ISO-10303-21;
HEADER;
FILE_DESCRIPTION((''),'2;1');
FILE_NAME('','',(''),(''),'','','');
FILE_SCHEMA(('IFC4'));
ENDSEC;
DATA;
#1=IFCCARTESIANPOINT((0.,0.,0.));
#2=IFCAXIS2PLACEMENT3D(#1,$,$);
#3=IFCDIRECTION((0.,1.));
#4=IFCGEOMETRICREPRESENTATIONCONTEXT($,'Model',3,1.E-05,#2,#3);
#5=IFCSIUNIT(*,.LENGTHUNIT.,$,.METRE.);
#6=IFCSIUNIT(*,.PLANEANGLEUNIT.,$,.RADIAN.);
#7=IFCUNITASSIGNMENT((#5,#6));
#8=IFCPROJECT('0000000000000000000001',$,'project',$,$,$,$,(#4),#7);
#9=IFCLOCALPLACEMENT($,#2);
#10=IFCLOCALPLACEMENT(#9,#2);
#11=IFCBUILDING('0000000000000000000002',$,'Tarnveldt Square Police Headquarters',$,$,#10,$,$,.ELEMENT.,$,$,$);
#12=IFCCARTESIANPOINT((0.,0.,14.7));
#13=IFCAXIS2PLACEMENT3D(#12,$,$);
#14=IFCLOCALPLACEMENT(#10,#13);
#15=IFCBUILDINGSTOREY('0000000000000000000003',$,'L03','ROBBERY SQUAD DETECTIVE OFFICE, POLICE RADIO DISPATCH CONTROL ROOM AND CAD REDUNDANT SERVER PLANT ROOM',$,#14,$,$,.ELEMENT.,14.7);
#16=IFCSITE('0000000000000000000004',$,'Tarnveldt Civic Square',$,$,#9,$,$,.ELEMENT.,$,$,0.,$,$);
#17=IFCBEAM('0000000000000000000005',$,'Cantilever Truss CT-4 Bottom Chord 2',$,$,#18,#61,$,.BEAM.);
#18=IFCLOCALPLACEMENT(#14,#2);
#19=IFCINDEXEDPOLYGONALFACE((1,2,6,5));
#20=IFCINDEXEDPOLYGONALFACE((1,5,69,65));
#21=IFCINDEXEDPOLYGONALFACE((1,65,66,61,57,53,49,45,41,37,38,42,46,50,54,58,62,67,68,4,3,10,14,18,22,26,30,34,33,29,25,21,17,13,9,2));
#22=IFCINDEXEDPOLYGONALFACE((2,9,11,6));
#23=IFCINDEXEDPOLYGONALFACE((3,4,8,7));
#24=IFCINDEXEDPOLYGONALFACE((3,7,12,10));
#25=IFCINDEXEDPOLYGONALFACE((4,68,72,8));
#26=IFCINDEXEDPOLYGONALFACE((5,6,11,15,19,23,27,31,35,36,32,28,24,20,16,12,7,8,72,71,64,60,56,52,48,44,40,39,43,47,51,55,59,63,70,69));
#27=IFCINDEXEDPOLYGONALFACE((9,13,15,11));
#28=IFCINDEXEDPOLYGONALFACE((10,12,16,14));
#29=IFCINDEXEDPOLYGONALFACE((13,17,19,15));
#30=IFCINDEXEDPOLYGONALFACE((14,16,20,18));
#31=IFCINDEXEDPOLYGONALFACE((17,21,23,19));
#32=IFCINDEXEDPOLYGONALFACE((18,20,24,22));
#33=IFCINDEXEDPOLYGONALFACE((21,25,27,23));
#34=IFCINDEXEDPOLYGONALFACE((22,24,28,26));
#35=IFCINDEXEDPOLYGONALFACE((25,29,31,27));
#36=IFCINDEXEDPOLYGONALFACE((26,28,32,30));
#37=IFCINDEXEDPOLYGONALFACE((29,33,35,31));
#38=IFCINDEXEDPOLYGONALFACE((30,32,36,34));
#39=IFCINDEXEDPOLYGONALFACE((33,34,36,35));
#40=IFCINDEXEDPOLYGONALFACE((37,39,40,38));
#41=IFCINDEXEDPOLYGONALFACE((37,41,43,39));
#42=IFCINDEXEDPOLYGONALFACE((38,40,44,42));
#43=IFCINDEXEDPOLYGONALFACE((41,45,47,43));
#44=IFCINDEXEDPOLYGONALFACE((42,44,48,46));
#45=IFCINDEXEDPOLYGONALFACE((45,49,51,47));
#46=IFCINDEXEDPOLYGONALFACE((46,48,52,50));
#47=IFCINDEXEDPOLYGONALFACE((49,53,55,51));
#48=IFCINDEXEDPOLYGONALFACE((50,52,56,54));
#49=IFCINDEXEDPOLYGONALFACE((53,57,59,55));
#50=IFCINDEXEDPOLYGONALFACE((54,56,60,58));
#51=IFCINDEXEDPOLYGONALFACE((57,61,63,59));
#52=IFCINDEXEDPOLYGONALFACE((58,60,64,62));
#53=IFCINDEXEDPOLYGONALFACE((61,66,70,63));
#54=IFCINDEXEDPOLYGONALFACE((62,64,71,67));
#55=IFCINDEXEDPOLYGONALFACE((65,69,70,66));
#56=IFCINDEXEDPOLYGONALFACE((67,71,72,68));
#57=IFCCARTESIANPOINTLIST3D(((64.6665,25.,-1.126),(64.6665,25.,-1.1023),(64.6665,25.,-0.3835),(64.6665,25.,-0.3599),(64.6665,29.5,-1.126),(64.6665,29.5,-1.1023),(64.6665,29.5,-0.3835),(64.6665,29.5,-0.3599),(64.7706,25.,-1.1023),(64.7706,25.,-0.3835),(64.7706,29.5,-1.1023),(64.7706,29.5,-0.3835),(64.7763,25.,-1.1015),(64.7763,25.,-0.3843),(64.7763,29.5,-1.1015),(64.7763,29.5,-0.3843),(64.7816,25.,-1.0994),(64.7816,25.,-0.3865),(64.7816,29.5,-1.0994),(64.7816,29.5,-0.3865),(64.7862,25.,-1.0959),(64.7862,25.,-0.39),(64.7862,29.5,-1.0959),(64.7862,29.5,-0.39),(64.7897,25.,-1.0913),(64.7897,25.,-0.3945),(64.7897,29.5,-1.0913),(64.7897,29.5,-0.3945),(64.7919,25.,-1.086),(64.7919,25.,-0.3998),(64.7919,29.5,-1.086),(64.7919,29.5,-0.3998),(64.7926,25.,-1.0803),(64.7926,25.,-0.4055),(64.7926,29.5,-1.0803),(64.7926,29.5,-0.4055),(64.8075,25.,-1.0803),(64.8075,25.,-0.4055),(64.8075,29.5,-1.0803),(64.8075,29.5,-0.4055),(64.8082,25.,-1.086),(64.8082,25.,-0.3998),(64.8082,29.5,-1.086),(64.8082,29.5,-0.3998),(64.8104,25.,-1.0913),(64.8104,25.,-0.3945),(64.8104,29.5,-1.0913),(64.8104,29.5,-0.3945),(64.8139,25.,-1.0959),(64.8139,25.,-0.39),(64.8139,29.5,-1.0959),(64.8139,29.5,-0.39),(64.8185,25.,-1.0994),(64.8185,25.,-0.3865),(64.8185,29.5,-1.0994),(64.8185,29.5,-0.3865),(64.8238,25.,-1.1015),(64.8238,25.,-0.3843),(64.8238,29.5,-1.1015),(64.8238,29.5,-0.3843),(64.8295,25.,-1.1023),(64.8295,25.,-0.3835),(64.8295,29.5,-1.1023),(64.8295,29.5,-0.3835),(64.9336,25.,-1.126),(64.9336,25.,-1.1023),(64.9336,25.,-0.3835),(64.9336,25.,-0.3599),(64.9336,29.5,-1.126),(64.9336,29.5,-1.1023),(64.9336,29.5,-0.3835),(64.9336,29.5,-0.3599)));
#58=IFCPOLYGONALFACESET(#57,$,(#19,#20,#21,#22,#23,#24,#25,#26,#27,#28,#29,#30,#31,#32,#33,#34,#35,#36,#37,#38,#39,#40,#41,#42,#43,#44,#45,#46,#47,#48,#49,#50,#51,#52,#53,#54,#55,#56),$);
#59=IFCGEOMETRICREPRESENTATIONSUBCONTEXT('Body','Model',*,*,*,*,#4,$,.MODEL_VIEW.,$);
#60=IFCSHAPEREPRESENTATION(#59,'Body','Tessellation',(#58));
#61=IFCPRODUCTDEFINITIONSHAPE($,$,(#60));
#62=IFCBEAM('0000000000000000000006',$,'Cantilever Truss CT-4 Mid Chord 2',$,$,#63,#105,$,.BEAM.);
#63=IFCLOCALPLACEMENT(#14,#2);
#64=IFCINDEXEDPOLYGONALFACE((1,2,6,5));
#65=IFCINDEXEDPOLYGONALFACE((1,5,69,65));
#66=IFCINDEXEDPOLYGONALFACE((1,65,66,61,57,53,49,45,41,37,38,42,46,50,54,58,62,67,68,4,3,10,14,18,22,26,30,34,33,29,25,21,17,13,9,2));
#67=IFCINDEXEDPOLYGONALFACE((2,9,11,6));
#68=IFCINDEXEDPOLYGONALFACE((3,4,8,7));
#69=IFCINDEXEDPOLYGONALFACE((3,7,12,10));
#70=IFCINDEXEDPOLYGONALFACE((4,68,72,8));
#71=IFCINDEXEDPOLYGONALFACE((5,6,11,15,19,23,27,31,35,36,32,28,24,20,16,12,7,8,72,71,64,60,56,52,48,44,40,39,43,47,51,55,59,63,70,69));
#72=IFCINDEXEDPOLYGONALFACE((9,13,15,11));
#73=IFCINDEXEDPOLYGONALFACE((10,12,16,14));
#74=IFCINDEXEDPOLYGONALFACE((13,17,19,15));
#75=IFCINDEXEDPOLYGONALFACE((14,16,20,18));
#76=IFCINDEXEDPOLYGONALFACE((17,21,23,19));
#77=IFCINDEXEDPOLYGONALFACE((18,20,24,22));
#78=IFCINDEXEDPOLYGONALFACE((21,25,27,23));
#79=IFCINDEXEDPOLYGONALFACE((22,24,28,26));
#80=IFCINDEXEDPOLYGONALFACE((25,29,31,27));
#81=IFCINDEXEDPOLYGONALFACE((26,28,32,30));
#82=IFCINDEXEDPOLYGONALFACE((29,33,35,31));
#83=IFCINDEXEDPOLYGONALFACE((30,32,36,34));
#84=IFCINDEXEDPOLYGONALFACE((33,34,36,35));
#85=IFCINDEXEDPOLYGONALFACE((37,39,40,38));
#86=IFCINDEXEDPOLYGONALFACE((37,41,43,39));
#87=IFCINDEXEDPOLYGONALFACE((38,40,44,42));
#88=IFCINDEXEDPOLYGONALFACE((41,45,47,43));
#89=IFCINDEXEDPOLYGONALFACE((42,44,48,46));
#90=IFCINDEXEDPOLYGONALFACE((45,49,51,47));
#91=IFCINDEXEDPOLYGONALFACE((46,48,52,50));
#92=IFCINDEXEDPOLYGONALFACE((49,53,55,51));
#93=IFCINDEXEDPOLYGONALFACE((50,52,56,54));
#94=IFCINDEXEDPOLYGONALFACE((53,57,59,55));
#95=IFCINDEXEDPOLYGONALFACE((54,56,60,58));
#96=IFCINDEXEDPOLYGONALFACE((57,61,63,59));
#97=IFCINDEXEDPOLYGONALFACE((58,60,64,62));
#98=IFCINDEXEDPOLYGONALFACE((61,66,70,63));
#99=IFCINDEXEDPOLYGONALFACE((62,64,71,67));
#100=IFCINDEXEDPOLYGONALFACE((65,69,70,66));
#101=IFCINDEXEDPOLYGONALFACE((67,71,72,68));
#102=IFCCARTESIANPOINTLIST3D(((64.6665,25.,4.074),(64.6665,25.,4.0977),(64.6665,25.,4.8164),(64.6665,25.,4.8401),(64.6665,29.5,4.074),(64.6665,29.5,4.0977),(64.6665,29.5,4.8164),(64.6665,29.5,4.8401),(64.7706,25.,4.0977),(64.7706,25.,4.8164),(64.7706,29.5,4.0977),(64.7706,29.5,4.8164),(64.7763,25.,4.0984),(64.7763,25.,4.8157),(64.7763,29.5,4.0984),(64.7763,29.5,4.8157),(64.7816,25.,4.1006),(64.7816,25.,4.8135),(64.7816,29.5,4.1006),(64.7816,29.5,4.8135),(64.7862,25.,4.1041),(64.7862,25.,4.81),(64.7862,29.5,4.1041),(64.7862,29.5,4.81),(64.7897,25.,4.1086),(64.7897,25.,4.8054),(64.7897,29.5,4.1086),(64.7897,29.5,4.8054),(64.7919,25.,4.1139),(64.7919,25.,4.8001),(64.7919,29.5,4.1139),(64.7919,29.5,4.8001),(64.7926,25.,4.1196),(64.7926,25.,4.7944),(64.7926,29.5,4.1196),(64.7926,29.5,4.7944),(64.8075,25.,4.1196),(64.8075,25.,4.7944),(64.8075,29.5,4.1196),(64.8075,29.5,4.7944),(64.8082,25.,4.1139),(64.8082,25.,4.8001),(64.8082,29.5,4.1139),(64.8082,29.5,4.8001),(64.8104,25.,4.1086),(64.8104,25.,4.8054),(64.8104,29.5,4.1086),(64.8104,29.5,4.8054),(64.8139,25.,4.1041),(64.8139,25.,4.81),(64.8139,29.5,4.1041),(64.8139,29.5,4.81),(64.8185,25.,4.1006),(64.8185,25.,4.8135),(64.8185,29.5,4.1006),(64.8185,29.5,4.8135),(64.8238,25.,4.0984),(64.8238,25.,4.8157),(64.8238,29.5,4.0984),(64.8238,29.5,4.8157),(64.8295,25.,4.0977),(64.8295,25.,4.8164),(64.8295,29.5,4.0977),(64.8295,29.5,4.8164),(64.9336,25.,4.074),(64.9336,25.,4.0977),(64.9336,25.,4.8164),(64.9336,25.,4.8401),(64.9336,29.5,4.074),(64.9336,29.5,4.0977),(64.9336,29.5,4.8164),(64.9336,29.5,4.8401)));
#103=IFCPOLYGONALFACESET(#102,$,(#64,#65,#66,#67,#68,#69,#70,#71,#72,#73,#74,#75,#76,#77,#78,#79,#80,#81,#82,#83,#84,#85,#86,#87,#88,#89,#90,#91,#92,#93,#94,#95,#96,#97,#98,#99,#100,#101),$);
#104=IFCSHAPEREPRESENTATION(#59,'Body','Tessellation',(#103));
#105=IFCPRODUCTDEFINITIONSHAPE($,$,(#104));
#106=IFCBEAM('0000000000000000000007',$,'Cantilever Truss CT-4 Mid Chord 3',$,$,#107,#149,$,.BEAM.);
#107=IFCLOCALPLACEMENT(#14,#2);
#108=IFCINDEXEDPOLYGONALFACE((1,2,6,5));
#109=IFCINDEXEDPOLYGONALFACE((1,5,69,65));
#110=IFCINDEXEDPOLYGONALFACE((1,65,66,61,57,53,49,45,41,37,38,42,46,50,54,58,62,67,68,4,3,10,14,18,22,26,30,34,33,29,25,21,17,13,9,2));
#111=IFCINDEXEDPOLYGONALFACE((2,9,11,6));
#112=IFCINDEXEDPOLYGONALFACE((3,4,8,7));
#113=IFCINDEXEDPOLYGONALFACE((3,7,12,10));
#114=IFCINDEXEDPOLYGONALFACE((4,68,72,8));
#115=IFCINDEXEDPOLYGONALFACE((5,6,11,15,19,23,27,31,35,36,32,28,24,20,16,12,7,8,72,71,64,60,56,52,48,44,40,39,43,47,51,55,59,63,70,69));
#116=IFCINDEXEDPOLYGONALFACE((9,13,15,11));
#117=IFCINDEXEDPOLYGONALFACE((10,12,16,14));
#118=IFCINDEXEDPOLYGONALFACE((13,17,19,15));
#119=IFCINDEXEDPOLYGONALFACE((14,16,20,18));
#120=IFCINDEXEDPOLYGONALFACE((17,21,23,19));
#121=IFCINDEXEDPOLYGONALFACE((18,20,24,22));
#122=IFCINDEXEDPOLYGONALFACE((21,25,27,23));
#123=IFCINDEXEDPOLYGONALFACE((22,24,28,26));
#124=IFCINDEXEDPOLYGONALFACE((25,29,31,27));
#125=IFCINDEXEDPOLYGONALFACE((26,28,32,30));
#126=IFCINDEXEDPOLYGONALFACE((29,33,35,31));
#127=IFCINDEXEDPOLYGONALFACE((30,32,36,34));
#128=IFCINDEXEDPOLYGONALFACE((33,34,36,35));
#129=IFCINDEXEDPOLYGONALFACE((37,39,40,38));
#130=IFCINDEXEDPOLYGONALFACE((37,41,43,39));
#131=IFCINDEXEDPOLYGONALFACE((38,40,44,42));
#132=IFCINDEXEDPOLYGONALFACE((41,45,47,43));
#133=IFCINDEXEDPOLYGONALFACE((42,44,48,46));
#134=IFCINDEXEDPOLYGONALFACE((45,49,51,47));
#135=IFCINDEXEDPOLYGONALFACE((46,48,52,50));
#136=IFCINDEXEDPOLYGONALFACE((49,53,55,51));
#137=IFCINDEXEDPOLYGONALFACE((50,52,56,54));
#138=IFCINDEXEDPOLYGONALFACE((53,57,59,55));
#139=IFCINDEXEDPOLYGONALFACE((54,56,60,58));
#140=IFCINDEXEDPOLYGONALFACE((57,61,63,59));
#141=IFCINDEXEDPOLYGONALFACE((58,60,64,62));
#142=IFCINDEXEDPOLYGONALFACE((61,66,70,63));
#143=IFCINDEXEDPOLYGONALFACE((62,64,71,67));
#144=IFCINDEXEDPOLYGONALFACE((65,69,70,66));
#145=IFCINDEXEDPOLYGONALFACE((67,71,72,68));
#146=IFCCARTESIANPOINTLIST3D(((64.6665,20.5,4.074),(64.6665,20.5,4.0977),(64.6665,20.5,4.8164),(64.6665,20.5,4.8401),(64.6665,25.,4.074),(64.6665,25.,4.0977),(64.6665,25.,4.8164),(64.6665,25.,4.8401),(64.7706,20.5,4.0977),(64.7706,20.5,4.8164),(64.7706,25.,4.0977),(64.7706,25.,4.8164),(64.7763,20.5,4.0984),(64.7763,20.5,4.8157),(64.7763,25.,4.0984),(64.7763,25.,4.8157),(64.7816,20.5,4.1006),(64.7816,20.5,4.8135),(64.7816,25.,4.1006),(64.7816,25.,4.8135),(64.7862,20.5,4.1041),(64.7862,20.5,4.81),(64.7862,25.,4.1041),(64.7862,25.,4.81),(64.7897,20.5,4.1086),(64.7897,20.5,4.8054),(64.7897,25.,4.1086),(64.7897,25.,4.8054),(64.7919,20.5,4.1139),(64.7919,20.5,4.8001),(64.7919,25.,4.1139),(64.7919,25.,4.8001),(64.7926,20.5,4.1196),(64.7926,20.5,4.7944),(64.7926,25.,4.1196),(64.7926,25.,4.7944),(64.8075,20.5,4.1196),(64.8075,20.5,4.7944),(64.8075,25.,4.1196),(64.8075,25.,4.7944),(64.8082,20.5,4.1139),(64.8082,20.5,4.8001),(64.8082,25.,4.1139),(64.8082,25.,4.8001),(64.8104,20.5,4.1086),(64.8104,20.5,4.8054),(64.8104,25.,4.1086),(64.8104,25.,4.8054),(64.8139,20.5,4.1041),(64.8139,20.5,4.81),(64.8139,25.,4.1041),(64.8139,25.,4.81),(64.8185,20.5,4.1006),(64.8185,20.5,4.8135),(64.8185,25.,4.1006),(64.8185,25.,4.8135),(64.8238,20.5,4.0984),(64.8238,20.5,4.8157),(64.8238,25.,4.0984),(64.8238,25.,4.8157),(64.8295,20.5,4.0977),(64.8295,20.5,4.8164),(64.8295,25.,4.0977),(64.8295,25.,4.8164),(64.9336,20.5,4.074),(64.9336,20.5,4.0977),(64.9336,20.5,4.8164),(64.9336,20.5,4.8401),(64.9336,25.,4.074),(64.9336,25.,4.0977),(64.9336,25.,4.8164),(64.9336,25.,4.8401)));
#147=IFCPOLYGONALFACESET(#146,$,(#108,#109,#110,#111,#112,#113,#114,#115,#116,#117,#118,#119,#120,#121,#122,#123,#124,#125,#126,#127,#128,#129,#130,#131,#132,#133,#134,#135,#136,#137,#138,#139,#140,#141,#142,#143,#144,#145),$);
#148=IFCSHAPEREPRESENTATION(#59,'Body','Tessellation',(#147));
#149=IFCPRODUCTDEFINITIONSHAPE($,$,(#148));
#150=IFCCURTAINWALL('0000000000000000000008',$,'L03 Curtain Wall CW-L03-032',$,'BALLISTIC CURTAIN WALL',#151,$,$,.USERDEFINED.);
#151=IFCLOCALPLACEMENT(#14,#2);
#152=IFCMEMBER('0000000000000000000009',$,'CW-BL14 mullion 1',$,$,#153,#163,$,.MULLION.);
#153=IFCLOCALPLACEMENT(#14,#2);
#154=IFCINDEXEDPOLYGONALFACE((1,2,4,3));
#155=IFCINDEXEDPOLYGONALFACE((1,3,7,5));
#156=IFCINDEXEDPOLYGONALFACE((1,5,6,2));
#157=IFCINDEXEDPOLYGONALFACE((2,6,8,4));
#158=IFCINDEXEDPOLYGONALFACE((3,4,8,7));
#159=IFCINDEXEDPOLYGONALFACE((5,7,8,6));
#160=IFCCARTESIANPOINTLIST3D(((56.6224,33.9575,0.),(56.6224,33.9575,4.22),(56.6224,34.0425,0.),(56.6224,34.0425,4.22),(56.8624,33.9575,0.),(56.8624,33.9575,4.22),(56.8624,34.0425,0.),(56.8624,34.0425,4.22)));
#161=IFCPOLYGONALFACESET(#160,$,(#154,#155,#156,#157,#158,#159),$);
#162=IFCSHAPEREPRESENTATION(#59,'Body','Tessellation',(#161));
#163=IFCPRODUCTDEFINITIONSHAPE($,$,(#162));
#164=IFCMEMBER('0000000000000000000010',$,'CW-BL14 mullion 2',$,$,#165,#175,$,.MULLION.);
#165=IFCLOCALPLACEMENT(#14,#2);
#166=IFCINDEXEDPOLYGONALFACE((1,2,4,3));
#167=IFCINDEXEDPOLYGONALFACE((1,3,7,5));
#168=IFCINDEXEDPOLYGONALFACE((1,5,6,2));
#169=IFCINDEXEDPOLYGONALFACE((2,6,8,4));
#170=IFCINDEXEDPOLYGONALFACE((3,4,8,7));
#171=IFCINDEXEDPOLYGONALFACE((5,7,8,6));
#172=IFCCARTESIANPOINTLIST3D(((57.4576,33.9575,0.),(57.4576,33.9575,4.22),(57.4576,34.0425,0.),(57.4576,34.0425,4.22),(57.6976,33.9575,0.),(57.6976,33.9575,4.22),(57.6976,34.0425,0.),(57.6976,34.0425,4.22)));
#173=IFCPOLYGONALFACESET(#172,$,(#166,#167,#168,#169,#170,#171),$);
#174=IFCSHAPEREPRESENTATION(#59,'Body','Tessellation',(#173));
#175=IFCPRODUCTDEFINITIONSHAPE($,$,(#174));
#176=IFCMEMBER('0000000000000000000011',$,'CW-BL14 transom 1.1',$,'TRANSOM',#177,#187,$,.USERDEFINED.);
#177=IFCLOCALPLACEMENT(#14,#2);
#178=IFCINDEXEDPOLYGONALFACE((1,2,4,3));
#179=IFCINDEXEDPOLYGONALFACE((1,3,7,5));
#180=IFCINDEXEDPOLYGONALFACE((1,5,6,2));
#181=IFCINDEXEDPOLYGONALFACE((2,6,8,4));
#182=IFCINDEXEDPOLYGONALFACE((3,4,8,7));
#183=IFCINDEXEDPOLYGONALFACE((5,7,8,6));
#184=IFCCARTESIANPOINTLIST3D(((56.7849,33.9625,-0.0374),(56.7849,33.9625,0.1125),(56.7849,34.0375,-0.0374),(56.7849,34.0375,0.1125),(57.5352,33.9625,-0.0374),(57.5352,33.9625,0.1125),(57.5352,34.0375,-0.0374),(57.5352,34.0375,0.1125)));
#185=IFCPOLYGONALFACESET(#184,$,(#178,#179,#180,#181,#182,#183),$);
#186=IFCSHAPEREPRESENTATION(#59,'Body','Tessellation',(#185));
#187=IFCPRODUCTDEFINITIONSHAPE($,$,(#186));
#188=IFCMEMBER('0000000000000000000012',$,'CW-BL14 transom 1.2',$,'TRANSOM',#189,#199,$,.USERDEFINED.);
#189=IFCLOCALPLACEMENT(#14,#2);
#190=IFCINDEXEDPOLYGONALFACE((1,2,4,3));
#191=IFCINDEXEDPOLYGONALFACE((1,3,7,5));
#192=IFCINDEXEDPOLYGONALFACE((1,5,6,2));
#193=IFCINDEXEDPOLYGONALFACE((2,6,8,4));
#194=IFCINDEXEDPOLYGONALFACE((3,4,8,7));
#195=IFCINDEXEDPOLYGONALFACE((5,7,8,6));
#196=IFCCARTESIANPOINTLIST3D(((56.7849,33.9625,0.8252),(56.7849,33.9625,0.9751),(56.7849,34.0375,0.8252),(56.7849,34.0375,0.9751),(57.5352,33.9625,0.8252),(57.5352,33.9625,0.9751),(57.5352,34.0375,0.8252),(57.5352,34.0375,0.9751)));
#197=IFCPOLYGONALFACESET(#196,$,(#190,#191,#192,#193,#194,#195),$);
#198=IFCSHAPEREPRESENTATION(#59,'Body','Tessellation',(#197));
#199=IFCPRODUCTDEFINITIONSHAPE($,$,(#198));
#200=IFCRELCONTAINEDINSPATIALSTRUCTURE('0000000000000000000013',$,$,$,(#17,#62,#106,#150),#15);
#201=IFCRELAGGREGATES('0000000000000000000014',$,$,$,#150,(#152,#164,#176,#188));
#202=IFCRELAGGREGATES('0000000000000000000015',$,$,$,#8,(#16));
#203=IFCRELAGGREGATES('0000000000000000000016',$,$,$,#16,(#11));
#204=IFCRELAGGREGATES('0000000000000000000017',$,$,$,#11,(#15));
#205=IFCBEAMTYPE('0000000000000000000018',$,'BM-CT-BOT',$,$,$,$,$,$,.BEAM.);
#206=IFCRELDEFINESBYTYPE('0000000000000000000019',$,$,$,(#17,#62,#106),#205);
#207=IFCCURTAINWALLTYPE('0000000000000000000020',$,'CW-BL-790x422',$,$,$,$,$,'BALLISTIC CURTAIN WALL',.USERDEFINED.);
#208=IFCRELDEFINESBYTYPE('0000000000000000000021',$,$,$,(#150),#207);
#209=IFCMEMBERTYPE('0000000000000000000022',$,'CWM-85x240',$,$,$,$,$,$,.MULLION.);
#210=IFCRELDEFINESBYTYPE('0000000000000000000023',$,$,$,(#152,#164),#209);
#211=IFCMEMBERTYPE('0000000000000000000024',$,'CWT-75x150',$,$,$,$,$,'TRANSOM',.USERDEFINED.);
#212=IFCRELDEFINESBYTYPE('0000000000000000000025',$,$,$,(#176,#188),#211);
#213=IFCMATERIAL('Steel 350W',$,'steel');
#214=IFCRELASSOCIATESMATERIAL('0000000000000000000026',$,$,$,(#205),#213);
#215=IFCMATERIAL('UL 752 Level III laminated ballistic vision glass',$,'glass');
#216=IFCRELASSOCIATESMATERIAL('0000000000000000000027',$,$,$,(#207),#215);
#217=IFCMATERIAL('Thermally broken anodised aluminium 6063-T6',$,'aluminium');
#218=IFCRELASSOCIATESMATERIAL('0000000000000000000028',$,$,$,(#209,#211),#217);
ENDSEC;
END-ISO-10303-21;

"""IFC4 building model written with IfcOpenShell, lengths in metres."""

from ifc_helpers import new_model, si_unit, direction, frame, origin, origin_2d, place, context, subcontext, project, spatial, rectangle, i_section, extrude, material, material_profile, profile_set, type_object, element, aggregate, save


model = new_model("IFC4")

# Units and contexts
model_context = context("Model", 3, precision=1e-05, world=origin(), true_north=direction((0.0, 1.0)))
body_context = subcontext(model_context, "Body", "Model", "MODEL_VIEW")
ifc_project = project(units=[si_unit("LENGTHUNIT", "METRE"), si_unit("PLANEANGLEUNIT", "RADIAN")], contexts=[model_context])

# Site, building, storey
site_placement = place(None, origin())
site = spatial("IfcSite", under=ifc_project, at=site_placement, Name="Tarnveldt Civic Square", CompositionType="ELEMENT", RefElevation=0.0)
building_placement = place(site_placement, origin())
building = spatial("IfcBuilding", under=site, at=building_placement, Name="Tarnveldt Square Police Headquarters", CompositionType="ELEMENT")
storey_placement = place(building_placement, frame((0.0, 0.0, 14.7)))
storey = spatial("IfcBuildingStorey", under=building, at=storey_placement, Name="L03", Description="ROBBERY SQUAD DETECTIVE OFFICE, POLICE RADIO DISPATCH CONTROL ROOM AND CAD REDUNDANT SERVER PLANT ROOM", CompositionType="ELEMENT", Elevation=14.7)

# Beams
ifc_material_1 = material(Name="Steel 350W", Category="steel")
ifc_material_profile_1 = material_profile(ifc_material_1, i_section(OverallWidth=0.2671, OverallDepth=0.7661, WebThickness=0.0149, FlangeThickness=0.0237, FilletRadius=0.022, at=origin_2d()), Name="W760x185")
ifc_profile_set_1 = profile_set([ifc_material_profile_1], Name="Steel 350W")
beam_type = type_object("IfcBeamType", Name="BM-CT-BOT", PredefinedType="BEAM", material=ifc_profile_set_1)
for number, where, z_axis, x_axis, name in (
    (1, (64.8, 29.5, -0.7429), (0.0, -1.0, 0.0), (1.0, 0.0, 0.0), "Cantilever Truss CT-4 Bottom Chord 2"),
    (2, (64.8, 29.5, 4.457), (0.0, -1.0, 0.0), (1.0, 0.0, 0.0), "Cantilever Truss CT-4 Mid Chord 2"),
    (3, (64.8, 25.0, 4.457), (0.0, -1.0, 0.0), (1.0, 0.0, 0.0), "Cantilever Truss CT-4 Mid Chord 3"),
):
    element("IfcBeam", number, at=place(storey_placement, frame(where, z_axis=z_axis, x_axis=x_axis)), inside=storey, type_object=beam_type, Name=name, PredefinedType="BEAM", context=body_context, shape_type="SweptSolid", body=[
        extrude(i_section(OverallWidth=0.2671, OverallDepth=0.7661, WebThickness=0.0149, FlangeThickness=0.0237, FilletRadius=0.022, at=origin_2d()), origin(), (0.0, 0.0, 1.0), 4.5),
    ])

# Curtain wall, members
ifc_material_2 = material(Name="UL 752 Level III laminated ballistic vision glass", Category="glass")
curtain_wall_type = type_object("IfcCurtainWallType", Name="CW-BL-790x422", ElementType="BALLISTIC CURTAIN WALL", PredefinedType="USERDEFINED", material=ifc_material_2)
curtain_wall_placement = place(storey_placement, origin())
curtain_wall = element("IfcCurtainWall", 4, at=curtain_wall_placement, inside=storey, type_object=curtain_wall_type, Name="L03 Curtain Wall CW-L03-032", ObjectType="BALLISTIC CURTAIN WALL", PredefinedType="USERDEFINED")
ifc_material_3 = material(Name="Thermally broken anodised aluminium 6063-T6", Category="aluminium")
ifc_material_profile_2 = material_profile(ifc_material_3, rectangle(XDim=0.085, YDim=0.24, at=origin_2d()), Name="CW-M85x240")
ifc_profile_set_2 = profile_set([ifc_material_profile_2], Name="Thermally broken anodised aluminium 6063-T6")
member_type_1 = type_object("IfcMemberType", Name="CWM-85x240", PredefinedType="MULLION", material=ifc_profile_set_2)
member_1_placement = place(storey_placement, frame((56.7424, 34.0, 0.0), z_axis=(0.0, 0.0, 1.0), x_axis=(0.0, 1.0, 0.0)))
member_1 = element("IfcMember", 5, at=member_1_placement, type_object=member_type_1, Name="CW-BL14 mullion 1", PredefinedType="MULLION", context=body_context, shape_type="SweptSolid", body=[
    extrude(rectangle(XDim=0.085, YDim=0.24, at=origin_2d()), origin(), (0.0, 0.0, 1.0), 4.22),
])
member_2_placement = place(storey_placement, frame((57.5776, 34.0, 0.0), z_axis=(0.0, 0.0, 1.0), x_axis=(0.0, 1.0, 0.0)))
member_2 = element("IfcMember", 6, at=member_2_placement, type_object=member_type_1, Name="CW-BL14 mullion 2", PredefinedType="MULLION", context=body_context, shape_type="SweptSolid", body=[
    extrude(rectangle(XDim=0.085, YDim=0.24, at=origin_2d()), origin(), (0.0, 0.0, 1.0), 4.22),
])
ifc_material_profile_3 = material_profile(ifc_material_3, rectangle(XDim=0.075, YDim=0.1499, at=origin_2d()), Name="CW-T75x150")
ifc_profile_set_3 = profile_set([ifc_material_profile_3], Name="Thermally broken anodised aluminium 6063-T6")
member_type_2 = type_object("IfcMemberType", Name="CWT-75x150", ElementType="TRANSOM", PredefinedType="USERDEFINED", material=ifc_profile_set_3)
member_3_placement = place(storey_placement, frame((56.7849, 34.0, 0.0376), z_axis=(1.0, 0.0, 0.0), x_axis=(0.0, 1.0, 0.0)))
member_3 = element("IfcMember", 7, at=member_3_placement, type_object=member_type_2, Name="CW-BL14 transom 1.1", ObjectType="TRANSOM", PredefinedType="USERDEFINED", context=body_context, shape_type="SweptSolid", body=[
    extrude(rectangle(XDim=0.075, YDim=0.1499, at=origin_2d()), origin(), (0.0, 0.0, 1.0), 0.7502),
])
member_4_placement = place(storey_placement, frame((56.7849, 34.0, 0.9001), z_axis=(1.0, 0.0, 0.0), x_axis=(0.0, 1.0, 0.0)))
member_4 = element("IfcMember", 8, at=member_4_placement, type_object=member_type_2, Name="CW-BL14 transom 1.2", ObjectType="TRANSOM", PredefinedType="USERDEFINED", context=body_context, shape_type="SweptSolid", body=[
    extrude(rectangle(XDim=0.075, YDim=0.1499, at=origin_2d()), origin(), (0.0, 0.0, 1.0), 0.7502),
])

aggregate(curtain_wall, [member_1, member_2, member_3, member_4])

save(model, "model.ifc")
